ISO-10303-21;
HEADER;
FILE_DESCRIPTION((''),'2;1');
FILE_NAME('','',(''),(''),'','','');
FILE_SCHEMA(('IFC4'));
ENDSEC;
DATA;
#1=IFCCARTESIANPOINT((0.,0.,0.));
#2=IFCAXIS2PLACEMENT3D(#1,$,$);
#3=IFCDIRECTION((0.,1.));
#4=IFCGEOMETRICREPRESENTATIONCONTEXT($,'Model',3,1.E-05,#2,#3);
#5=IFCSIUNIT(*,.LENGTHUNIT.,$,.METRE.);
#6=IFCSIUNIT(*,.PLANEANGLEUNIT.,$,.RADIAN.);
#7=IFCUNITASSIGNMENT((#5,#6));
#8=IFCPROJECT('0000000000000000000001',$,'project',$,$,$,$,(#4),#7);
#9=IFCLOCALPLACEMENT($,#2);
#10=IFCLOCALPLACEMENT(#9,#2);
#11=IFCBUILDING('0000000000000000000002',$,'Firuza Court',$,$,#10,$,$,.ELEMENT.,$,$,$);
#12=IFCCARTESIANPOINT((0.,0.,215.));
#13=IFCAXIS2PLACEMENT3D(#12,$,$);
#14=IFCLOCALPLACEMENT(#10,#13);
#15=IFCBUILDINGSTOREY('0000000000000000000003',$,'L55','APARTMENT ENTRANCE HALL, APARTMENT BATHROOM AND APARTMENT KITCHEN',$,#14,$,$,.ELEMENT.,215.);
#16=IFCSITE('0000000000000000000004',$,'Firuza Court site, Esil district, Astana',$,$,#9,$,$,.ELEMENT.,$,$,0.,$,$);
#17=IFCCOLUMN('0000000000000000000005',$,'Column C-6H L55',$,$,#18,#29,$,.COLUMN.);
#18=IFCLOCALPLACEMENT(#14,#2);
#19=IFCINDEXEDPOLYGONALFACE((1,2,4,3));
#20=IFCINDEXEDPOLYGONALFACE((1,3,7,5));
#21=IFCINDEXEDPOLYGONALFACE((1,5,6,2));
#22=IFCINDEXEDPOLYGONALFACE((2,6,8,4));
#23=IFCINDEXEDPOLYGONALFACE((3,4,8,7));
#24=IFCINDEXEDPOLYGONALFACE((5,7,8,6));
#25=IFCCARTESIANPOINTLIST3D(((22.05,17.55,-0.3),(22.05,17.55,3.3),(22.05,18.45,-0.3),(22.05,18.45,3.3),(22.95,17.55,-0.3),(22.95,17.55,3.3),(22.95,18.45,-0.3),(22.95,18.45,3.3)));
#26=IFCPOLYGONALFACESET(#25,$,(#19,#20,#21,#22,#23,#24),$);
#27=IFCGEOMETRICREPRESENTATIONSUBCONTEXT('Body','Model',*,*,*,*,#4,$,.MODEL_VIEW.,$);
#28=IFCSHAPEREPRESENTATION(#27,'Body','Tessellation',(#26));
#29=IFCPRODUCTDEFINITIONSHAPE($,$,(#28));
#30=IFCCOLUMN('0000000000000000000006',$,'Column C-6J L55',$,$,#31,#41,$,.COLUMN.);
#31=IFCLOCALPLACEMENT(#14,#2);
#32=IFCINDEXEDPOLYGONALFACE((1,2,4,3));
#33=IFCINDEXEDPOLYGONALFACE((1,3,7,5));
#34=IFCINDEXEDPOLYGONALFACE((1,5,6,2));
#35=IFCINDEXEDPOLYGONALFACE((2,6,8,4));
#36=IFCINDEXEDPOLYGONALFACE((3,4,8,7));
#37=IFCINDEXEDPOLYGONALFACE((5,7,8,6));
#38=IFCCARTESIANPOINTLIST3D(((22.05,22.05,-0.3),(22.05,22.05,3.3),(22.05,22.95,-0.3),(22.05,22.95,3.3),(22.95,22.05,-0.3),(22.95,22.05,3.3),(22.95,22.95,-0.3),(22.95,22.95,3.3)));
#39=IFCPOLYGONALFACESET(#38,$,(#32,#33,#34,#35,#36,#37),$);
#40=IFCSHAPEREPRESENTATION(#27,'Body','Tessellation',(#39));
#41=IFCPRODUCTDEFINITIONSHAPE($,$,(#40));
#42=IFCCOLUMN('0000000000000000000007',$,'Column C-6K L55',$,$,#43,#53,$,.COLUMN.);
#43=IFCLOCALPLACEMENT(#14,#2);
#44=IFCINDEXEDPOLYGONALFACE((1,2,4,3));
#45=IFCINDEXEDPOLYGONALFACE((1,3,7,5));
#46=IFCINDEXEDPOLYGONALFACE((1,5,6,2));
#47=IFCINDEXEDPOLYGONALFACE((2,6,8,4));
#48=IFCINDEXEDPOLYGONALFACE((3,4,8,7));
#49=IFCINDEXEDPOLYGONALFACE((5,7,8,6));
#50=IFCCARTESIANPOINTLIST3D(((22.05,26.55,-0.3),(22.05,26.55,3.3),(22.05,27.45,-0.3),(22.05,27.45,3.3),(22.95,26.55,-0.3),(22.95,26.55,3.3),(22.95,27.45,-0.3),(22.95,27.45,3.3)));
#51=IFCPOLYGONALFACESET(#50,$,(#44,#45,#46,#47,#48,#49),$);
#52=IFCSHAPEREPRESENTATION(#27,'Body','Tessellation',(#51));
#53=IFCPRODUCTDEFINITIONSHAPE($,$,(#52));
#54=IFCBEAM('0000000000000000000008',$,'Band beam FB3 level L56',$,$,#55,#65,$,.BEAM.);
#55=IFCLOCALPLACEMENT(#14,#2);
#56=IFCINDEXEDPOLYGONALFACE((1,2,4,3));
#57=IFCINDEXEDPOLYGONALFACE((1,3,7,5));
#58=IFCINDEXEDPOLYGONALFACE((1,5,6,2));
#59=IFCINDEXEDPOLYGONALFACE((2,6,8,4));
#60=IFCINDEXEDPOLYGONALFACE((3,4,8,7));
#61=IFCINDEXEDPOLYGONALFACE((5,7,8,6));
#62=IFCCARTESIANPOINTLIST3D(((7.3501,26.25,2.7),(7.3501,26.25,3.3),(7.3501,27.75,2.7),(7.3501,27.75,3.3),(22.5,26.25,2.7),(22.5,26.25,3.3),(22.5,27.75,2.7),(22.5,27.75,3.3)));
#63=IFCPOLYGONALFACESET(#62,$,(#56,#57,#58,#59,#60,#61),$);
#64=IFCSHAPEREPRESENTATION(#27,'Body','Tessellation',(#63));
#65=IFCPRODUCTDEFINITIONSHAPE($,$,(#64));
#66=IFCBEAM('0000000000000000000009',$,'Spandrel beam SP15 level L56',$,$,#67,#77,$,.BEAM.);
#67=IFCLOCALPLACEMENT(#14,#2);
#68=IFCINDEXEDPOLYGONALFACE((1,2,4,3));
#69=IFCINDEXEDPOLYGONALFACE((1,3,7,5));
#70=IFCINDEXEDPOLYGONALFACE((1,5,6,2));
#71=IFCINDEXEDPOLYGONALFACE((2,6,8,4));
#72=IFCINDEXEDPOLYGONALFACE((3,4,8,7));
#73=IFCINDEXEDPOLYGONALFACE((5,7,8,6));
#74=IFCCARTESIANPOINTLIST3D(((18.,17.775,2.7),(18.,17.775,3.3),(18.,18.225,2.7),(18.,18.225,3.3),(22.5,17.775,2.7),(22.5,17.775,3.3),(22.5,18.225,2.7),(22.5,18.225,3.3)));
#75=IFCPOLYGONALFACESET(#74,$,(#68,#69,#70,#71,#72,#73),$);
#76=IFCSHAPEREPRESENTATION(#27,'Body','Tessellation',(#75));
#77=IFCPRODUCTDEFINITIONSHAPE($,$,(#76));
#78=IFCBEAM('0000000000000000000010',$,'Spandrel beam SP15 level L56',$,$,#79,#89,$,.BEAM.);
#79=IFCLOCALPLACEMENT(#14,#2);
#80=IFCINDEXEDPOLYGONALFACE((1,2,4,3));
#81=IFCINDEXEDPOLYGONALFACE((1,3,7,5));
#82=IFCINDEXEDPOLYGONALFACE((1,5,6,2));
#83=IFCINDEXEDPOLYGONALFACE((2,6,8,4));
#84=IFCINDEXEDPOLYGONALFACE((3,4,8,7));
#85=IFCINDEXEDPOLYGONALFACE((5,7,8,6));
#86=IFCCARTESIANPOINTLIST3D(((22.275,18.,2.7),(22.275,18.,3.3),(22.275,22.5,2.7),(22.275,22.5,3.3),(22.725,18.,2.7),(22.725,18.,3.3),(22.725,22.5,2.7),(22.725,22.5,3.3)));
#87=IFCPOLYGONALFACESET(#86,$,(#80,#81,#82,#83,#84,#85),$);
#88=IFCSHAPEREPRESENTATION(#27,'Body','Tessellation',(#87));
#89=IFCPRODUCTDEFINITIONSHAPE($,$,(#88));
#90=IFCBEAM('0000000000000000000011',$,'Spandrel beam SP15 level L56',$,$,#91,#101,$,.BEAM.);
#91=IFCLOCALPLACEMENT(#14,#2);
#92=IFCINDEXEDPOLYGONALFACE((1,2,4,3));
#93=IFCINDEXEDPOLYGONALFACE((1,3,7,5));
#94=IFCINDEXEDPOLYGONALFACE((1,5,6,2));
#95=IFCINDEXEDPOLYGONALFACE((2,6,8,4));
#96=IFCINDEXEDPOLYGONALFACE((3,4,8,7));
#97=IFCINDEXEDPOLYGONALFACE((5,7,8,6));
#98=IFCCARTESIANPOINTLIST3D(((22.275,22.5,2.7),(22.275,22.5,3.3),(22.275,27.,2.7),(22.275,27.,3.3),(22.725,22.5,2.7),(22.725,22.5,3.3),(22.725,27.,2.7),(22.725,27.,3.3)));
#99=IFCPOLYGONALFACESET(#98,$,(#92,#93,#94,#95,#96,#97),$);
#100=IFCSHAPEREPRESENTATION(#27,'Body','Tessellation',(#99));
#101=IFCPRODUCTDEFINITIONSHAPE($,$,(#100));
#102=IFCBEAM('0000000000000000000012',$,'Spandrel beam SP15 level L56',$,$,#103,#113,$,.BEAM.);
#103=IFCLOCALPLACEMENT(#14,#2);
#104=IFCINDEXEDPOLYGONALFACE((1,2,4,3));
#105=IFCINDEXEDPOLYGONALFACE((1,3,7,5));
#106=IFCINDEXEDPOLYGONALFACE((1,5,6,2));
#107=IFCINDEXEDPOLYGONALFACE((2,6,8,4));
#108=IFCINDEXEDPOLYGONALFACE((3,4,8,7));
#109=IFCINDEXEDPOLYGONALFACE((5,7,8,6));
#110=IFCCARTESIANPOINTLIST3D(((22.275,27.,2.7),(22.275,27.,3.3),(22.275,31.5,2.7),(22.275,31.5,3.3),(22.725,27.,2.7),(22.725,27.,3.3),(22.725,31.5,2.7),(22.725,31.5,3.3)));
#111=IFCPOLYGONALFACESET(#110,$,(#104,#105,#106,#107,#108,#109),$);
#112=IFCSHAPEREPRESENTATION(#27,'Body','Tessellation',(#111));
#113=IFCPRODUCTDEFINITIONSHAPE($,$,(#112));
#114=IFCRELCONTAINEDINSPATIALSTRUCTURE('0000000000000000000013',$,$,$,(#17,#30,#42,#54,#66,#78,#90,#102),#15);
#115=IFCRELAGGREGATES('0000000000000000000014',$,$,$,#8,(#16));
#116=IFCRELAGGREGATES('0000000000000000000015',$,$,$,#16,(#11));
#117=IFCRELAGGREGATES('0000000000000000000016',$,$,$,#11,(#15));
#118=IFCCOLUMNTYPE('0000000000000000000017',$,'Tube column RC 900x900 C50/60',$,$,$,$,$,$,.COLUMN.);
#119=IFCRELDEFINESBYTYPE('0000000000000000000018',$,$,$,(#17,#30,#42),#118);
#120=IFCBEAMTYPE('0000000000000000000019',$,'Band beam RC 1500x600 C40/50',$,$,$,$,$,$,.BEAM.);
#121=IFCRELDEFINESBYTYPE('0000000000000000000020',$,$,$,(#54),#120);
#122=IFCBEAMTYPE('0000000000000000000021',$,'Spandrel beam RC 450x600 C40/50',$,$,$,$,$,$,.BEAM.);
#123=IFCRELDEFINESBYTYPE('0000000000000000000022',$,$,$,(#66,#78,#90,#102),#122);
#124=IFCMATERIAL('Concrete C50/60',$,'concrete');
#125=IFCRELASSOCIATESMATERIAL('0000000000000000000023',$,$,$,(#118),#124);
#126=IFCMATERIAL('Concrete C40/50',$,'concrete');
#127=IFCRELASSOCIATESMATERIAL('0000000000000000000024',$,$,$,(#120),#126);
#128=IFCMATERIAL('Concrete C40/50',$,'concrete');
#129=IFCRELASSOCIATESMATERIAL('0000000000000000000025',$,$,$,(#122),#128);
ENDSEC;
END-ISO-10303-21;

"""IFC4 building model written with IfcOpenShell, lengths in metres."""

from ifc_helpers import new_model, si_unit, direction, frame, origin, origin_2d, place, context, subcontext, project, spatial, rectangle, extrude, material, material_profile, profile_set, type_object, element, save


model = new_model("IFC4")

# Units and contexts
model_context = context("Model", 3, precision=1e-05, world=origin(), true_north=direction((0.0, 1.0)))
body_context = subcontext(model_context, "Body", "Model", "MODEL_VIEW")
ifc_project = project(units=[si_unit("LENGTHUNIT", "METRE"), si_unit("PLANEANGLEUNIT", "RADIAN")], contexts=[model_context])

# Site, building, storey
site_placement = place(None, origin())
site = spatial("IfcSite", under=ifc_project, at=site_placement, Name="Firuza Court site, Esil district, Astana", CompositionType="ELEMENT", RefElevation=0.0)
building_placement = place(site_placement, origin())
building = spatial("IfcBuilding", under=site, at=building_placement, Name="Firuza Court", CompositionType="ELEMENT")
storey_placement = place(building_placement, frame((0.0, 0.0, 215.0)))
storey = spatial("IfcBuildingStorey", under=building, at=storey_placement, Name="L55", Description="APARTMENT ENTRANCE HALL, APARTMENT BATHROOM AND APARTMENT KITCHEN", CompositionType="ELEMENT", Elevation=215.0)

# Columns
ifc_material_1 = material(Name="Concrete C50/60", Category="concrete")
ifc_material_profile_1 = material_profile(ifc_material_1, rectangle(XDim=0.8999, YDim=0.8999, at=origin_2d()), Name="RC 900x900")
ifc_profile_set_1 = profile_set([ifc_material_profile_1], Name="Concrete C50/60")
column_type = type_object("IfcColumnType", Name="Tube column RC 900x900 C50/60", PredefinedType="COLUMN", material=ifc_profile_set_1)
for number, where, z_axis, x_axis, name in (
    (1, (22.5, 18.0, -0.3), (0.0, 0.0, 1.0), (1.0, 0.0, 0.0), "Column C-6H L55"),
    (2, (22.5, 22.5, -0.3), (0.0, 0.0, 1.0), (1.0, 0.0, 0.0), "Column C-6J L55"),
    (3, (22.5, 27.0, -0.3), (0.0, 0.0, 1.0), (1.0, 0.0, 0.0), "Column C-6K L55"),
):
    element("IfcColumn", number, at=place(storey_placement, frame(where, z_axis=z_axis, x_axis=x_axis)), inside=storey, type_object=column_type, Name=name, PredefinedType="COLUMN", context=body_context, shape_type="SweptSolid", body=[
        extrude(rectangle(XDim=0.8999, YDim=0.8999, at=origin_2d()), origin(), (0.0, 0.0, 1.0), 3.6001),
    ])

# Beams
ifc_material_2 = material(Name="Concrete C40/50", Category="concrete")
ifc_material_profile_2 = material_profile(ifc_material_2, rectangle(XDim=1.5, YDim=0.6001, at=origin_2d()), Name="RC 1500x600")
ifc_profile_set_2 = profile_set([ifc_material_profile_2], Name="Concrete C40/50")
beam_type_1 = type_object("IfcBeamType", Name="Band beam RC 1500x600 C40/50", PredefinedType="BEAM", material=ifc_profile_set_2)
beam_placement = place(storey_placement, frame((22.5, 27.0, 3.0), z_axis=(-1.0, 0.0, 0.0), x_axis=(0.0, -1.0, 0.0)))
element("IfcBeam", 4, at=beam_placement, inside=storey, type_object=beam_type_1, Name="Band beam FB3 level L56", PredefinedType="BEAM", context=body_context, shape_type="SweptSolid", body=[
    extrude(rectangle(XDim=1.5, YDim=0.6001, at=origin_2d()), origin(), (0.0, 0.0, 1.0), 15.1499),
])
ifc_material_3 = material(Name="Concrete C40/50", Category="concrete")
ifc_material_profile_3 = material_profile(ifc_material_3, rectangle(XDim=0.45, YDim=0.6001, at=origin_2d()), Name="RC 450x600")
ifc_profile_set_3 = profile_set([ifc_material_profile_3], Name="Concrete C40/50")
beam_type_2 = type_object("IfcBeamType", Name="Spandrel beam RC 450x600 C40/50", PredefinedType="BEAM", material=ifc_profile_set_3)
for number, where, z_axis, x_axis, name in (
    (5, (18.0, 18.0, 3.0), (1.0, 0.0, 0.0), (0.0, 1.0, 0.0), "Spandrel beam SP15 level L56"),
    (6, (22.5, 18.0, 3.0), (0.0, 1.0, 0.0), (-1.0, 0.0, 0.0), "Spandrel beam SP15 level L56"),
    (7, (22.5, 22.5, 3.0), (0.0, 1.0, 0.0), (-1.0, 0.0, 0.0), "Spandrel beam SP15 level L56"),
    (8, (22.5, 27.0, 3.0), (0.0, 1.0, 0.0), (-1.0, 0.0, 0.0), "Spandrel beam SP15 level L56"),
):
    element("IfcBeam", number, at=place(storey_placement, frame(where, z_axis=z_axis, x_axis=x_axis)), inside=storey, type_object=beam_type_2, Name=name, PredefinedType="BEAM", context=body_context, shape_type="SweptSolid", body=[
        extrude(rectangle(XDim=0.45, YDim=0.6001, at=origin_2d()), origin(), (0.0, 0.0, 1.0), 4.5),
    ])

save(model, "model.ifc")
